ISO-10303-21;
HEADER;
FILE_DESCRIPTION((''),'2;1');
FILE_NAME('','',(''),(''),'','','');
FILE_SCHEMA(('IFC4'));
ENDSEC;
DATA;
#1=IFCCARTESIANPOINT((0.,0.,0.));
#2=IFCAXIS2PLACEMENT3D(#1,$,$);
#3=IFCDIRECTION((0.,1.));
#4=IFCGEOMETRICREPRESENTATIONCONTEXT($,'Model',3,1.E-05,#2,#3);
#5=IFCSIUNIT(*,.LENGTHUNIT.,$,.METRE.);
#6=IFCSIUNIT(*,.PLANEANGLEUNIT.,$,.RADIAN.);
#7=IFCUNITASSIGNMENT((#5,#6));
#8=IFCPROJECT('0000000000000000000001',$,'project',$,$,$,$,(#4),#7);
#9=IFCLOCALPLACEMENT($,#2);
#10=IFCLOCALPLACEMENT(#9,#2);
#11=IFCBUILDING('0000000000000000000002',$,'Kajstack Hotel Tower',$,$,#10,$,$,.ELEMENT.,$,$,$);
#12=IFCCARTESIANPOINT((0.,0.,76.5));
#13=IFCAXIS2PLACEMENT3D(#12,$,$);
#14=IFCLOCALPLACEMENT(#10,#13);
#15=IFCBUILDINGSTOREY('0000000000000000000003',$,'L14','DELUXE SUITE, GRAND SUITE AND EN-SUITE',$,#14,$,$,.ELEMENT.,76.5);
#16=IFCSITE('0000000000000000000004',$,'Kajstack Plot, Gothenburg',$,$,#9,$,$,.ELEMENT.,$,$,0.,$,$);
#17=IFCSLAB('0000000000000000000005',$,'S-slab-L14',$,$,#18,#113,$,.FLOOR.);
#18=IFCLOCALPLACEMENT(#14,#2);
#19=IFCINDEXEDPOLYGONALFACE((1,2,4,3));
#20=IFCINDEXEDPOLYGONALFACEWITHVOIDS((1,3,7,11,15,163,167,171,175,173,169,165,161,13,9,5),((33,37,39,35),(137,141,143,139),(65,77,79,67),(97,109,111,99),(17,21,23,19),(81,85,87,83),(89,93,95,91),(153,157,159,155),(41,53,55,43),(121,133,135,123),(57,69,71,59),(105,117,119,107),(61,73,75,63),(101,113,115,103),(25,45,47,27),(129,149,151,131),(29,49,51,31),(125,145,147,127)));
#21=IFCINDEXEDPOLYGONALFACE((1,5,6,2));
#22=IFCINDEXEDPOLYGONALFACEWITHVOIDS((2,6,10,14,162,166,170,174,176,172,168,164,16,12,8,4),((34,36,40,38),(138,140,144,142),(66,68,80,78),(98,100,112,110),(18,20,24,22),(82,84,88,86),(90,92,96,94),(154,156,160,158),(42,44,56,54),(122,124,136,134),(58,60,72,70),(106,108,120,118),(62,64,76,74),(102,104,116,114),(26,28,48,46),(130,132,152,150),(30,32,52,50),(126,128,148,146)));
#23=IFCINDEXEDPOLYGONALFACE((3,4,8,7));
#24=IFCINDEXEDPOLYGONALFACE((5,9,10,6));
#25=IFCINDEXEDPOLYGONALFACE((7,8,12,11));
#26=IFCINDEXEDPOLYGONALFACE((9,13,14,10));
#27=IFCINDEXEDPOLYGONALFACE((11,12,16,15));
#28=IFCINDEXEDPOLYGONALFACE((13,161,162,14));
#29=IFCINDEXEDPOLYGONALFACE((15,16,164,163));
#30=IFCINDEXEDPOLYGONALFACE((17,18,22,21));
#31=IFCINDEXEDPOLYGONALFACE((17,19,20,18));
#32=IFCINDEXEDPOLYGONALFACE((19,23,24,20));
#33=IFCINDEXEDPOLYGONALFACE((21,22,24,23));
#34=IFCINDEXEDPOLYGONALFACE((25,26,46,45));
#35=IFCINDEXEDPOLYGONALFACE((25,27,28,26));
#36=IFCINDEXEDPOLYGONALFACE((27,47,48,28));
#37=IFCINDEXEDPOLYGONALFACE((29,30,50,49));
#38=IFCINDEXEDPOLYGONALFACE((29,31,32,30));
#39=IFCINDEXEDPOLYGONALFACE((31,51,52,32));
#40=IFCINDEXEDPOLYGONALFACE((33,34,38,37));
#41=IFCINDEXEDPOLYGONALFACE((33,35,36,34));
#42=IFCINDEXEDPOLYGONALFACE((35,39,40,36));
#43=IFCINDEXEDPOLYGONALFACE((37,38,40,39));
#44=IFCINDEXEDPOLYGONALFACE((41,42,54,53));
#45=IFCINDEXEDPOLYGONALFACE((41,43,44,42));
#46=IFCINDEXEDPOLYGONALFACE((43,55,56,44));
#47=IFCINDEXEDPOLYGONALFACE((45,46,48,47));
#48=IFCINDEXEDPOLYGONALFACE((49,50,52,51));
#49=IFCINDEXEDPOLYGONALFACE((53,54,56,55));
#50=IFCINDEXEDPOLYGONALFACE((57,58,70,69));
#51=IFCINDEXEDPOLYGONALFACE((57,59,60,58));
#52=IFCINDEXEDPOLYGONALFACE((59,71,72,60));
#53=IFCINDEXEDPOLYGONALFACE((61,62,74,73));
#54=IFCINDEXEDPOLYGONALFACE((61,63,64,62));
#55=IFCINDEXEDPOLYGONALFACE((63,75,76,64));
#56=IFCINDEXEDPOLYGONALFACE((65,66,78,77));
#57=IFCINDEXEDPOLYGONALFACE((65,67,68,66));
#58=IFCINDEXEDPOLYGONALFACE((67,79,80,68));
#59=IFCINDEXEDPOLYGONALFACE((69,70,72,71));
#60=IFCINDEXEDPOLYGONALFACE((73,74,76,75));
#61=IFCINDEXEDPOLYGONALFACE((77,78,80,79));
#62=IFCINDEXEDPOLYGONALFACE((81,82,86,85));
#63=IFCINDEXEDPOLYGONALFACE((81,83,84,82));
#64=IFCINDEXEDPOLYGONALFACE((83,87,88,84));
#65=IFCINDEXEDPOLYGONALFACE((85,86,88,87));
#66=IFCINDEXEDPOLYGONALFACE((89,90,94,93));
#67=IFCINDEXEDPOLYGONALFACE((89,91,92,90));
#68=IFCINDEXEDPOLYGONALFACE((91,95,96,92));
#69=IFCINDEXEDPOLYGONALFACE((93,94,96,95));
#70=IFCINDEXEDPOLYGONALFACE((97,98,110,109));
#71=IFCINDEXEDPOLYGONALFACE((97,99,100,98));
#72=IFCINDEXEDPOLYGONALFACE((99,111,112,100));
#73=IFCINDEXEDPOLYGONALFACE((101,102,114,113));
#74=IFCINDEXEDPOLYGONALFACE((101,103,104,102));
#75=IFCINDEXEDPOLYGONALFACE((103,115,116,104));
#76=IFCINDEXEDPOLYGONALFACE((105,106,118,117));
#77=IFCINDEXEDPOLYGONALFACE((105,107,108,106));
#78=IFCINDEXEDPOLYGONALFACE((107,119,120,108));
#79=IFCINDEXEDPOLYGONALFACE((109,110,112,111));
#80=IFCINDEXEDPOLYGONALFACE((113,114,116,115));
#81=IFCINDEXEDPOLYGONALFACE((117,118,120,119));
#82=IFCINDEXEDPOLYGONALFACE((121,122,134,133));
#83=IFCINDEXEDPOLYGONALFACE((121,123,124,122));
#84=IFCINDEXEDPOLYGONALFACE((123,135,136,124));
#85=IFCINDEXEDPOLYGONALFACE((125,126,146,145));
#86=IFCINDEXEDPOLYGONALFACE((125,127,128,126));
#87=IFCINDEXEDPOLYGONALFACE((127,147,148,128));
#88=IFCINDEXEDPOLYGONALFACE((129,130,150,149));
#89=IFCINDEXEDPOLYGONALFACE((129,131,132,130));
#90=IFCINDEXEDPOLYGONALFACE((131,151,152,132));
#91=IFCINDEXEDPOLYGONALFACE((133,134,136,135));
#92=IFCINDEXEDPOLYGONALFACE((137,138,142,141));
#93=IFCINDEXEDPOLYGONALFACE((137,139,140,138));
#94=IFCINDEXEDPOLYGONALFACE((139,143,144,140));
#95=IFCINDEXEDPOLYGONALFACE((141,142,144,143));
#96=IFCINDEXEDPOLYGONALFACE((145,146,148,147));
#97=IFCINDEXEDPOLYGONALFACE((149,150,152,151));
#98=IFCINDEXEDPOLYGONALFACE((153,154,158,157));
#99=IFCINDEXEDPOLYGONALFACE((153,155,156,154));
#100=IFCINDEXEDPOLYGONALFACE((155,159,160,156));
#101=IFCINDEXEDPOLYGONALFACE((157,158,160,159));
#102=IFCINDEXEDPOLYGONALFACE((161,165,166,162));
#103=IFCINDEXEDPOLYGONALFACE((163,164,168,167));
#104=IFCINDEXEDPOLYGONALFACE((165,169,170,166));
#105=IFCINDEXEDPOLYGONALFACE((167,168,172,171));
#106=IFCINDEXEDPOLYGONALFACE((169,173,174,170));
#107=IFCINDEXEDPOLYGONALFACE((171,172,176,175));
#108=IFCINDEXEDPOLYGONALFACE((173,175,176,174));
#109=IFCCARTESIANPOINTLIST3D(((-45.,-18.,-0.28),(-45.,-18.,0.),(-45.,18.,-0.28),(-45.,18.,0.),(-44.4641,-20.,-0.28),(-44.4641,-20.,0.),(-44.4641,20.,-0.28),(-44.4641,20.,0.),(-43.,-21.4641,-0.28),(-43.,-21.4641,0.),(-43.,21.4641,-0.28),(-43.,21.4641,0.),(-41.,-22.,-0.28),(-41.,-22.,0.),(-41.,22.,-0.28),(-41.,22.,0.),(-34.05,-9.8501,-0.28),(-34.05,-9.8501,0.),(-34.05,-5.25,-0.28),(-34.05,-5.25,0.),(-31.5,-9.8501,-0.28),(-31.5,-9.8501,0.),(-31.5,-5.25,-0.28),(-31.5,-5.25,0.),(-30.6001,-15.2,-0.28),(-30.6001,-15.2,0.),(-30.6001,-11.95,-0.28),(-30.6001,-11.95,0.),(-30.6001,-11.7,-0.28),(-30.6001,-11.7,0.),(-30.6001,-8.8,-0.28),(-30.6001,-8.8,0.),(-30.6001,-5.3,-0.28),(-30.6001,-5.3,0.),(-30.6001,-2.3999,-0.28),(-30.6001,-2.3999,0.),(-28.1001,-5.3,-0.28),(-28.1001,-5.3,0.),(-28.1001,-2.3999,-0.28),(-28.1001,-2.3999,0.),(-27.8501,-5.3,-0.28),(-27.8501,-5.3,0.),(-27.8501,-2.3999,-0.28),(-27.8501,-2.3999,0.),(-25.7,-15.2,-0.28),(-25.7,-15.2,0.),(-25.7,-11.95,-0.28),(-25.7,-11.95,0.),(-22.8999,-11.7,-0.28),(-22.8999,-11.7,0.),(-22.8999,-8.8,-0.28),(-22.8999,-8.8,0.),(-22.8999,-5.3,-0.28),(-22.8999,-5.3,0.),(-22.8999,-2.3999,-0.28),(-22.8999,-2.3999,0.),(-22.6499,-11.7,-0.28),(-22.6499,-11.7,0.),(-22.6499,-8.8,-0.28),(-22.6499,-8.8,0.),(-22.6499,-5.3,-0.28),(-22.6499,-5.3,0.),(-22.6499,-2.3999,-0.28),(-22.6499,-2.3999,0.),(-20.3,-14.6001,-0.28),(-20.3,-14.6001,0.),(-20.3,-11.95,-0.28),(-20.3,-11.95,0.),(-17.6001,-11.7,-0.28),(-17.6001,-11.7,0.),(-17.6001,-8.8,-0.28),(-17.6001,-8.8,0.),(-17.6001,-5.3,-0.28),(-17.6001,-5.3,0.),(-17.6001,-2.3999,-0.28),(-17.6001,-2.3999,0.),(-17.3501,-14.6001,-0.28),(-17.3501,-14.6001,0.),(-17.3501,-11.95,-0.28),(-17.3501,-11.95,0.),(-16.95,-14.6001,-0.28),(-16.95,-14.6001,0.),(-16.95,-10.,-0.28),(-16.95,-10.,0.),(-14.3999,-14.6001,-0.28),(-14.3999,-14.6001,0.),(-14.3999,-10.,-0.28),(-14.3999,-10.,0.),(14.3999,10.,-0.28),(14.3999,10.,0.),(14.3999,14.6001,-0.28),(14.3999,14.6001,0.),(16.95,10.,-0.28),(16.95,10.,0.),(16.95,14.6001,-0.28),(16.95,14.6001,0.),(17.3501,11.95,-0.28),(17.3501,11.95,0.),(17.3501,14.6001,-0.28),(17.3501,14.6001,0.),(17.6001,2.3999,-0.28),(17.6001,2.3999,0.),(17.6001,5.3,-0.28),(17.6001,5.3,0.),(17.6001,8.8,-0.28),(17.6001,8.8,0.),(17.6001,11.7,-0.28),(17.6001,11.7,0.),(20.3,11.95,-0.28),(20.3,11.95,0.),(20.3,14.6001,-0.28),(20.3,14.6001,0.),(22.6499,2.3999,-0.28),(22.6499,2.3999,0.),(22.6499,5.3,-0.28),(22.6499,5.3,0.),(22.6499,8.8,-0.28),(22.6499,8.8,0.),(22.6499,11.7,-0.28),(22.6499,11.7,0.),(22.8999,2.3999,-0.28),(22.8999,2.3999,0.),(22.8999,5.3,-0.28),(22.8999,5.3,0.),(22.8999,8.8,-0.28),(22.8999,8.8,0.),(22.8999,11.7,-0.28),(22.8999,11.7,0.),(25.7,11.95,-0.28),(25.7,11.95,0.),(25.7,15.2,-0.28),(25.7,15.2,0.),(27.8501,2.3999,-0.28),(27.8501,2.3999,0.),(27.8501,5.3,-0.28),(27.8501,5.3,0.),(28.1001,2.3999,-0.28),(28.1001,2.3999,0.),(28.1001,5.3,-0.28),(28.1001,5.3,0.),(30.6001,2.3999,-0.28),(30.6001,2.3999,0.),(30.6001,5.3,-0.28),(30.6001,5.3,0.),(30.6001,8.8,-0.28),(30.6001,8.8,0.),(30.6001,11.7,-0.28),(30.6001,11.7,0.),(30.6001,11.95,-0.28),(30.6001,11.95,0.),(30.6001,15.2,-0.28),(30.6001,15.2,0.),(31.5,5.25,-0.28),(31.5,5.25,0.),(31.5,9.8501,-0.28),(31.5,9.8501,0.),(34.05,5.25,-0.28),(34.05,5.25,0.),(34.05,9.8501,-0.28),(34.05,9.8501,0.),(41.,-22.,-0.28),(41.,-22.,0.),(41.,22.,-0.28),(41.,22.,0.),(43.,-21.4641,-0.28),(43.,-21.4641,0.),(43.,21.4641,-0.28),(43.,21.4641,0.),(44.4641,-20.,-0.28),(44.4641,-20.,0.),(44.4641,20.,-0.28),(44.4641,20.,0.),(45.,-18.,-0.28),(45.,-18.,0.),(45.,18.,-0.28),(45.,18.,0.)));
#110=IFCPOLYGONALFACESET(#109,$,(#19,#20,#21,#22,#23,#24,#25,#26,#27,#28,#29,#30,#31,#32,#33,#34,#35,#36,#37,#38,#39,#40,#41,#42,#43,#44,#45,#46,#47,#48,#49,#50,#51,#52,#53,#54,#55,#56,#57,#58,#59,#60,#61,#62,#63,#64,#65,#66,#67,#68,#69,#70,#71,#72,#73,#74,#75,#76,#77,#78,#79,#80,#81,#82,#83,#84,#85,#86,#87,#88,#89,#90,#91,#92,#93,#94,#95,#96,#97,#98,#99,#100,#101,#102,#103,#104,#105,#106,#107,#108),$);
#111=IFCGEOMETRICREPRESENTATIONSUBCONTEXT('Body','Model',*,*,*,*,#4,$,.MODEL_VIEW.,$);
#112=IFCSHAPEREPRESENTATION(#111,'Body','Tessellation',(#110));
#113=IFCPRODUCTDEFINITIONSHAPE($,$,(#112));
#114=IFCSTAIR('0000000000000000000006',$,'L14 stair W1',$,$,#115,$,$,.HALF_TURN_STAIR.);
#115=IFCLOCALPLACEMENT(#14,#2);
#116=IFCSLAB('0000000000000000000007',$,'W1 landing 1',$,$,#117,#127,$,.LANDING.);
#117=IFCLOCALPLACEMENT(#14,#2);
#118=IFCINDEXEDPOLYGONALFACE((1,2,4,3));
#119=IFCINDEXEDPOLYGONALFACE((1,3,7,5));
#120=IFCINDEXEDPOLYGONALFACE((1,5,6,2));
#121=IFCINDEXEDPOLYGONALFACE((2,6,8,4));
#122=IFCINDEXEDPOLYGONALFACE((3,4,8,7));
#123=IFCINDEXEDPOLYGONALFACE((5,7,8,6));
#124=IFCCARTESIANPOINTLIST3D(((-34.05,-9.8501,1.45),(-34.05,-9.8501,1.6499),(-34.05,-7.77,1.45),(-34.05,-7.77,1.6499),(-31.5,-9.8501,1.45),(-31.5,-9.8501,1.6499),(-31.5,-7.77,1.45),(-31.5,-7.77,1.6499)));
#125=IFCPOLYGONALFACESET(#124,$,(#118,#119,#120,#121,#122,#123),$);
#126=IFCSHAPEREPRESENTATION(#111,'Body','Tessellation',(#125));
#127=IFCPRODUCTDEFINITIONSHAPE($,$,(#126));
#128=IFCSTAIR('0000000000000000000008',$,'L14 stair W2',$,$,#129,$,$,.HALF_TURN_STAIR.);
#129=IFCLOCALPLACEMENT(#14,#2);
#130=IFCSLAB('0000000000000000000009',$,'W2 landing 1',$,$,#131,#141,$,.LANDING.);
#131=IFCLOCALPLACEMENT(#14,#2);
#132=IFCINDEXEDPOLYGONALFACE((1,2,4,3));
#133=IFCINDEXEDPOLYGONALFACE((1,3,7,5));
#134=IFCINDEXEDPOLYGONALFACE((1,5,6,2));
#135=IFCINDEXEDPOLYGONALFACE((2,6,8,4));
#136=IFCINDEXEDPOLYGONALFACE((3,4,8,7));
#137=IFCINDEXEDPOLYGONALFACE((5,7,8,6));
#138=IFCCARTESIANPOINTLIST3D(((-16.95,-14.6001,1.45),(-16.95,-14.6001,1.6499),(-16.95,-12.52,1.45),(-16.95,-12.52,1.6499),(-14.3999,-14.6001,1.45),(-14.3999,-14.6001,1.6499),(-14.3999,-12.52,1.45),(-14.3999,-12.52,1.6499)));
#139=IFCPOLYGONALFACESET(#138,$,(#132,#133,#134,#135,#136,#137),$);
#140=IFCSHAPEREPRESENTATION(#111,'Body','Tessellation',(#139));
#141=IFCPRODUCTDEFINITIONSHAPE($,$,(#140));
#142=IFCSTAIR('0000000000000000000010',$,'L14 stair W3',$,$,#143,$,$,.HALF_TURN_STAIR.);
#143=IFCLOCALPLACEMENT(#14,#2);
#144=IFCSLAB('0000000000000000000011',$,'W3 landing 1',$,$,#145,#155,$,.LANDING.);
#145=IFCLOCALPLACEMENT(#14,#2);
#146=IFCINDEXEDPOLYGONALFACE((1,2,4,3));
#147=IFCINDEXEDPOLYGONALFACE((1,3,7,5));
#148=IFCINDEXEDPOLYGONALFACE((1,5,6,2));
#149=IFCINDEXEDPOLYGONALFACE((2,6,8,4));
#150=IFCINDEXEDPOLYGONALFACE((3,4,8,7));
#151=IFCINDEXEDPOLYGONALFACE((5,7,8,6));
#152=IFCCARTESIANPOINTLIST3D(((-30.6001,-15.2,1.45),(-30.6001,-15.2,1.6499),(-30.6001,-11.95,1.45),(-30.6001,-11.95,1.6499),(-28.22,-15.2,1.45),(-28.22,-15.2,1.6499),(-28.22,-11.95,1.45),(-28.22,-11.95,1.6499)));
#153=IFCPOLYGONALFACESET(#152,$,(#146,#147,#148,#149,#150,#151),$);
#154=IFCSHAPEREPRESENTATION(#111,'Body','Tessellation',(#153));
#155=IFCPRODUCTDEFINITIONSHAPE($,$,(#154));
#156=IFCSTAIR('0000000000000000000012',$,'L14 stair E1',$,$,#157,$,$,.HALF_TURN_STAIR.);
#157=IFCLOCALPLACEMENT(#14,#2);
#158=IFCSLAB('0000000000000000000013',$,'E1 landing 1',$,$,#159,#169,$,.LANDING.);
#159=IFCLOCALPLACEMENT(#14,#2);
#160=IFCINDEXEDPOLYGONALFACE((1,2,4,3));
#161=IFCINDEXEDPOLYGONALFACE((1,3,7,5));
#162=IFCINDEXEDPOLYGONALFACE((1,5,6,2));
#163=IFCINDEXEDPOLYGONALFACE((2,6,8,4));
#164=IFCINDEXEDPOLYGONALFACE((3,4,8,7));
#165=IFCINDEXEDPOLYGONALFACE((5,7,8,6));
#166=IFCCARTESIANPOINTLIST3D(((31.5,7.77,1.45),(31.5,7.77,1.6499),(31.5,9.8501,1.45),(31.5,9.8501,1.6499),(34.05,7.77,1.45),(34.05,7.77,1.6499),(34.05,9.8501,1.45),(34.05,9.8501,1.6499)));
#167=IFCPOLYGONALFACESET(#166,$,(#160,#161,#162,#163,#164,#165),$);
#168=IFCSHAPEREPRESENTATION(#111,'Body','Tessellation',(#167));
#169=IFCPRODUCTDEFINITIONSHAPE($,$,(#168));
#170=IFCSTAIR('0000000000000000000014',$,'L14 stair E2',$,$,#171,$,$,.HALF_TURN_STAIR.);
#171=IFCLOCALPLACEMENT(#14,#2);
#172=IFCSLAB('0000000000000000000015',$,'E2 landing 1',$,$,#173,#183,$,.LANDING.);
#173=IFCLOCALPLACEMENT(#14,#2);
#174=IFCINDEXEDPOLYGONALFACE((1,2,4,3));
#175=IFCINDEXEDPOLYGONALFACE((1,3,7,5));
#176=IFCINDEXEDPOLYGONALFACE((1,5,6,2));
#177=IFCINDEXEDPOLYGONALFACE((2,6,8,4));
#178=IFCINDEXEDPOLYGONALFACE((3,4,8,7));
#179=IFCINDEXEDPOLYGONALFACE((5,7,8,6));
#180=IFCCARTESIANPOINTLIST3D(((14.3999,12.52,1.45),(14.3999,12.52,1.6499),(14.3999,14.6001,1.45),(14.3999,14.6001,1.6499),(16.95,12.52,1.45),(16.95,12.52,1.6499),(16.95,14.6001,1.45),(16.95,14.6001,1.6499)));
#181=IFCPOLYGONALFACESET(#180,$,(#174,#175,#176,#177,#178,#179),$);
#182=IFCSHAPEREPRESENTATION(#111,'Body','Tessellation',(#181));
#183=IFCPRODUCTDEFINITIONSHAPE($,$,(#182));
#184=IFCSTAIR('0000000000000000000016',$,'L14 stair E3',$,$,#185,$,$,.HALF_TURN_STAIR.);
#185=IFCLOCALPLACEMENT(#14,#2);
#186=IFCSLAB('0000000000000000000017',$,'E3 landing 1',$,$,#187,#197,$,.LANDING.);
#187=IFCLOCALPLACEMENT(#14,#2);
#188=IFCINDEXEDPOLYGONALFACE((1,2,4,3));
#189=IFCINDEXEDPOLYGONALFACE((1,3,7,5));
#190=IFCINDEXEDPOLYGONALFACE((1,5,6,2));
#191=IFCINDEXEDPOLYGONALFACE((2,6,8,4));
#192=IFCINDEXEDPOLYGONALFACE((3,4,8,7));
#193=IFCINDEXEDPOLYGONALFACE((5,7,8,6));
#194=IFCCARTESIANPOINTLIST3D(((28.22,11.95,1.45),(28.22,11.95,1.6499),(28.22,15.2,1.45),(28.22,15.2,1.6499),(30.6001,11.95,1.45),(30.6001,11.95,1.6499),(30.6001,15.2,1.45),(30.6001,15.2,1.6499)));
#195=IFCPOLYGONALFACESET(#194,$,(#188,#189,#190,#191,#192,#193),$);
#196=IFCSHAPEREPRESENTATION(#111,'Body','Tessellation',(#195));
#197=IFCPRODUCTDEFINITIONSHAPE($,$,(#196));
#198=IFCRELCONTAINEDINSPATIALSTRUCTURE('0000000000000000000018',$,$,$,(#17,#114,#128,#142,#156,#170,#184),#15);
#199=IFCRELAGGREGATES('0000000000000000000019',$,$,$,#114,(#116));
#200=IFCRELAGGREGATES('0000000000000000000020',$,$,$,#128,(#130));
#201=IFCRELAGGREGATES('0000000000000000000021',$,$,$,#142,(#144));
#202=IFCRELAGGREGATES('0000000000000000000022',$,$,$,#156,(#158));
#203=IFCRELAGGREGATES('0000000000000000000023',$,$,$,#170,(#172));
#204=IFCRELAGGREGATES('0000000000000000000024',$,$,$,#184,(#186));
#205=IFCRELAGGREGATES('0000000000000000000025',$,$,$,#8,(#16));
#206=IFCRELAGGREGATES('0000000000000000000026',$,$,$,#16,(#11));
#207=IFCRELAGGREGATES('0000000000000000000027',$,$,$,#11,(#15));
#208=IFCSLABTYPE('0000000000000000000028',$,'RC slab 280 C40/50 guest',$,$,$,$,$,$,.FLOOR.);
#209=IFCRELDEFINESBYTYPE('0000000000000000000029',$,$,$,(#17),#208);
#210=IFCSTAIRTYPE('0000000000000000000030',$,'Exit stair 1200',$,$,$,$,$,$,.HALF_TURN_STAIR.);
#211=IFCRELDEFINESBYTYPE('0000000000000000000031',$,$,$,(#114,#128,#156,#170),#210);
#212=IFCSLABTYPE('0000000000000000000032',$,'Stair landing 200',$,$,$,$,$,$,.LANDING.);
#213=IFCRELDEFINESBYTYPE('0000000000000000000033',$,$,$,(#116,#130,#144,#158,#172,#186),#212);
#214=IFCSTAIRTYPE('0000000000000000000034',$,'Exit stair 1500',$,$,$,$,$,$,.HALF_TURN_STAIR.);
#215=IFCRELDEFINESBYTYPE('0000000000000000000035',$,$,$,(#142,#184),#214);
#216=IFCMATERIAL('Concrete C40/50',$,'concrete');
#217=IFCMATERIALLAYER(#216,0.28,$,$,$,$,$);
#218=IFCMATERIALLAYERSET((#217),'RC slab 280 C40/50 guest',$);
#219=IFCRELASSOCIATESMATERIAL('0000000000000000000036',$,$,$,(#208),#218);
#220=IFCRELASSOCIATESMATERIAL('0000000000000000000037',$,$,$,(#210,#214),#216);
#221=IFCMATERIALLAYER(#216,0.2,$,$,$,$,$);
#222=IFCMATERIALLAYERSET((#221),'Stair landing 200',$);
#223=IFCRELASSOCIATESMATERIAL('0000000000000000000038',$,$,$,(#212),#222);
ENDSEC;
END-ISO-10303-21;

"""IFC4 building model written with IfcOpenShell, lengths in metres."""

from ifc_helpers import new_model, si_unit, direction, frame, origin, place, context, subcontext, project, spatial, polyline, outline, extrude, material, layer, layer_set, type_object, element, aggregate, save


model = new_model("IFC4")

# Units and contexts
model_context = context("Model", 3, precision=1e-05, world=origin(), true_north=direction((0.0, 1.0)))
body_context = subcontext(model_context, "Body", "Model", "MODEL_VIEW")
ifc_project = project(units=[si_unit("LENGTHUNIT", "METRE"), si_unit("PLANEANGLEUNIT", "RADIAN")], contexts=[model_context])

# Site, building, storey
site_placement = place(None, origin())
site = spatial("IfcSite", under=ifc_project, at=site_placement, Name="Kajstack Plot, Gothenburg", CompositionType="ELEMENT", RefElevation=0.0)
building_placement = place(site_placement, origin())
building = spatial("IfcBuilding", under=site, at=building_placement, Name="Kajstack Hotel Tower", CompositionType="ELEMENT")
storey_placement = place(building_placement, frame((0.0, 0.0, 76.5)))
storey = spatial("IfcBuildingStorey", under=building, at=storey_placement, Name="L14", Description="DELUXE SUITE, GRAND SUITE AND EN-SUITE", CompositionType="ELEMENT", Elevation=76.5)

# Slab
ifc_material_1 = material(Name="Concrete C40/50", Category="concrete")
ifc_layer_1 = layer(ifc_material_1, 0.28)
ifc_layer_set_1 = layer_set([ifc_layer_1], Name="RC slab 280 C40/50 guest")
slab_type_1 = type_object("IfcSlabType", Name="RC slab 280 C40/50 guest", PredefinedType="FLOOR", material=ifc_layer_set_1)
slab_1_placement = place(storey_placement, frame((0.0, 0.0, -0.28)))
element("IfcSlab", 1, at=slab_1_placement, inside=storey, type_object=slab_type_1, Name="S-slab-L14", PredefinedType="FLOOR", context=body_context, shape_type="SweptSolid", body=[
    extrude(outline(polyline([(-45.0, -18.0), (-44.4641, -20.0), (-43.0, -21.4641), (-41.0, -22.0), (41.0, -22.0), (43.0, -21.4641), (44.4641, -20.0), (45.0, -18.0), (45.0, 18.0), (44.4641, 20.0), (43.0, 21.4641), (41.0, 22.0), (-41.0, 22.0), (-43.0, 21.4641), (-44.4641, 20.0), (-45.0, 18.0), (-45.0, -18.0)]), holes=[polyline([(-30.6001, -11.7), (-30.6001, -8.8), (-22.8999, -8.8), (-22.8999, -11.7), (-30.6001, -11.7)]), polyline([(-22.6499, -11.7), (-22.6499, -8.8), (-17.6001, -8.8), (-17.6001, -11.7), (-22.6499, -11.7)]), polyline([(-27.8501, -5.3), (-27.8501, -2.3999), (-22.8999, -2.3999), (-22.8999, -5.3), (-27.8501, -5.3)]), polyline([(-22.6499, -5.3), (-22.6499, -2.3999), (-17.6001, -2.3999), (-17.6001, -5.3), (-22.6499, -5.3)]), polyline([(-20.3, -14.6001), (-17.3501, -14.6001), (-17.3501, -11.95), (-20.3, -11.95), (-20.3, -14.6001)]), polyline([(-30.6001, -5.3), (-28.1001, -5.3), (-28.1001, -2.3999), (-30.6001, -2.3999), (-30.6001, -5.3)]), polyline([(22.8999, 8.8), (22.8999, 11.7), (30.6001, 11.7), (30.6001, 8.8), (22.8999, 8.8)]), polyline([(17.6001, 8.8), (17.6001, 11.7), (22.6499, 11.7), (22.6499, 8.8), (17.6001, 8.8)]), polyline([(22.8999, 2.3999), (22.8999, 5.3), (27.8501, 5.3), (27.8501, 2.3999), (22.8999, 2.3999)]), polyline([(17.6001, 2.3999), (17.6001, 5.3), (22.6499, 5.3), (22.6499, 2.3999), (17.6001, 2.3999)]), polyline([(20.3, 14.6001), (17.3501, 14.6001), (17.3501, 11.95), (20.3, 11.95), (20.3, 14.6001)]), polyline([(30.6001, 5.3), (28.1001, 5.3), (28.1001, 2.3999), (30.6001, 2.3999), (30.6001, 5.3)]), polyline([(-34.05, -9.8501), (-31.5, -9.8501), (-31.5, -5.25), (-34.05, -5.25), (-34.05, -9.8501)]), polyline([(-16.95, -14.6001), (-14.3999, -14.6001), (-14.3999, -10.0), (-16.95, -10.0), (-16.95, -14.6001)]), polyline([(-30.6001, -15.2), (-25.7, -15.2), (-25.7, -11.95), (-30.6001, -11.95), (-30.6001, -15.2)]), polyline([(34.05, 9.8501), (31.5, 9.8501), (31.5, 5.25), (34.05, 5.25), (34.05, 9.8501)]), polyline([(16.95, 14.6001), (14.3999, 14.6001), (14.3999, 10.0), (16.95, 10.0), (16.95, 14.6001)]), polyline([(30.6001, 15.2), (25.7, 15.2), (25.7, 11.95), (30.6001, 11.95), (30.6001, 15.2)])]), origin(), (0.0, 0.0, 1.0), 0.28),
])

# Stairs, slabs
stair_type_1 = type_object("IfcStairType", Name="Exit stair 1200", PredefinedType="HALF_TURN_STAIR", material=ifc_material_1)
stair_1_placement = place(storey_placement, origin())
stair_1 = element("IfcStair", 2, at=stair_1_placement, inside=storey, type_object=stair_type_1, Name="L14 stair W1", PredefinedType="HALF_TURN_STAIR")
ifc_layer_2 = layer(ifc_material_1, 0.2)
ifc_layer_set_2 = layer_set([ifc_layer_2], Name="Stair landing 200")
slab_type_2 = type_object("IfcSlabType", Name="Stair landing 200", PredefinedType="LANDING", material=ifc_layer_set_2)
slab_2_placement = place(storey_placement, frame((0.0, 0.0, 1.45)))
slab_2 = element("IfcSlab", 3, at=slab_2_placement, type_object=slab_type_2, Name="W1 landing 1", PredefinedType="LANDING", context=body_context, shape_type="SweptSolid", body=[
    extrude(outline(polyline([(-34.05, -7.77), (-34.05, -9.8501), (-31.5, -9.8501), (-31.5, -7.77), (-34.05, -7.77)])), origin(), (0.0, 0.0, 1.0), 0.2),
])
aggregate(stair_1, [slab_2])
stair_2_placement = place(storey_placement, origin())
stair_2 = element("IfcStair", 4, at=stair_2_placement, inside=storey, type_object=stair_type_1, Name="L14 stair W2", PredefinedType="HALF_TURN_STAIR")
slab_3_placement = place(storey_placement, frame((0.0, 0.0, 1.45)))
slab_3 = element("IfcSlab", 5, at=slab_3_placement, type_object=slab_type_2, Name="W2 landing 1", PredefinedType="LANDING", context=body_context, shape_type="SweptSolid", body=[
    extrude(outline(polyline([(-16.95, -12.52), (-16.95, -14.6001), (-14.3999, -14.6001), (-14.3999, -12.52), (-16.95, -12.52)])), origin(), (0.0, 0.0, 1.0), 0.2),
])
aggregate(stair_2, [slab_3])
stair_type_2 = type_object("IfcStairType", Name="Exit stair 1500", PredefinedType="HALF_TURN_STAIR", material=ifc_material_1)
stair_3_placement = place(storey_placement, origin())
stair_3 = element("IfcStair", 6, at=stair_3_placement, inside=storey, type_object=stair_type_2, Name="L14 stair W3", PredefinedType="HALF_TURN_STAIR")
slab_4_placement = place(storey_placement, frame((0.0, 0.0, 1.45)))
slab_4 = element("IfcSlab", 7, at=slab_4_placement, type_object=slab_type_2, Name="W3 landing 1", PredefinedType="LANDING", context=body_context, shape_type="SweptSolid", body=[
    extrude(outline(polyline([(-28.22, -11.95), (-30.6001, -11.95), (-30.6001, -15.2), (-28.22, -15.2), (-28.22, -11.95)])), origin(), (0.0, 0.0, 1.0), 0.2),
])
aggregate(stair_3, [slab_4])
stair_4_placement = place(storey_placement, origin())
stair_4 = element("IfcStair", 8, at=stair_4_placement, inside=storey, type_object=stair_type_1, Name="L14 stair E1", PredefinedType="HALF_TURN_STAIR")
slab_5_placement = place(storey_placement, frame((0.0, 0.0, 1.45)))
slab_5 = element("IfcSlab", 9, at=slab_5_placement, type_object=slab_type_2, Name="E1 landing 1", PredefinedType="LANDING", context=body_context, shape_type="SweptSolid", body=[
    extrude(outline(polyline([(34.05, 7.77), (34.05, 9.8501), (31.5, 9.8501), (31.5, 7.77), (34.05, 7.77)])), origin(), (0.0, 0.0, 1.0), 0.2),
])
aggregate(stair_4, [slab_5])
stair_5_placement = place(storey_placement, origin())
stair_5 = element("IfcStair", 10, at=stair_5_placement, inside=storey, type_object=stair_type_1, Name="L14 stair E2", PredefinedType="HALF_TURN_STAIR")
slab_6_placement = place(storey_placement, frame((0.0, 0.0, 1.45)))
slab_6 = element("IfcSlab", 11, at=slab_6_placement, type_object=slab_type_2, Name="E2 landing 1", PredefinedType="LANDING", context=body_context, shape_type="SweptSolid", body=[
    extrude(outline(polyline([(16.95, 12.52), (16.95, 14.6001), (14.3999, 14.6001), (14.3999, 12.52), (16.95, 12.52)])), origin(), (0.0, 0.0, 1.0), 0.2),
])
aggregate(stair_5, [slab_6])
stair_6_placement = place(storey_placement, origin())
stair_6 = element("IfcStair", 12, at=stair_6_placement, inside=storey, type_object=stair_type_2, Name="L14 stair E3", PredefinedType="HALF_TURN_STAIR")
slab_7_placement = place(storey_placement, frame((0.0, 0.0, 1.45)))
slab_7 = element("IfcSlab", 13, at=slab_7_placement, type_object=slab_type_2, Name="E3 landing 1", PredefinedType="LANDING", context=body_context, shape_type="SweptSolid", body=[
    extrude(outline(polyline([(28.22, 11.95), (30.6001, 11.95), (30.6001, 15.2), (28.22, 15.2), (28.22, 11.95)])), origin(), (0.0, 0.0, 1.0), 0.2),
])
aggregate(stair_6, [slab_7])

save(model, "model.ifc")
